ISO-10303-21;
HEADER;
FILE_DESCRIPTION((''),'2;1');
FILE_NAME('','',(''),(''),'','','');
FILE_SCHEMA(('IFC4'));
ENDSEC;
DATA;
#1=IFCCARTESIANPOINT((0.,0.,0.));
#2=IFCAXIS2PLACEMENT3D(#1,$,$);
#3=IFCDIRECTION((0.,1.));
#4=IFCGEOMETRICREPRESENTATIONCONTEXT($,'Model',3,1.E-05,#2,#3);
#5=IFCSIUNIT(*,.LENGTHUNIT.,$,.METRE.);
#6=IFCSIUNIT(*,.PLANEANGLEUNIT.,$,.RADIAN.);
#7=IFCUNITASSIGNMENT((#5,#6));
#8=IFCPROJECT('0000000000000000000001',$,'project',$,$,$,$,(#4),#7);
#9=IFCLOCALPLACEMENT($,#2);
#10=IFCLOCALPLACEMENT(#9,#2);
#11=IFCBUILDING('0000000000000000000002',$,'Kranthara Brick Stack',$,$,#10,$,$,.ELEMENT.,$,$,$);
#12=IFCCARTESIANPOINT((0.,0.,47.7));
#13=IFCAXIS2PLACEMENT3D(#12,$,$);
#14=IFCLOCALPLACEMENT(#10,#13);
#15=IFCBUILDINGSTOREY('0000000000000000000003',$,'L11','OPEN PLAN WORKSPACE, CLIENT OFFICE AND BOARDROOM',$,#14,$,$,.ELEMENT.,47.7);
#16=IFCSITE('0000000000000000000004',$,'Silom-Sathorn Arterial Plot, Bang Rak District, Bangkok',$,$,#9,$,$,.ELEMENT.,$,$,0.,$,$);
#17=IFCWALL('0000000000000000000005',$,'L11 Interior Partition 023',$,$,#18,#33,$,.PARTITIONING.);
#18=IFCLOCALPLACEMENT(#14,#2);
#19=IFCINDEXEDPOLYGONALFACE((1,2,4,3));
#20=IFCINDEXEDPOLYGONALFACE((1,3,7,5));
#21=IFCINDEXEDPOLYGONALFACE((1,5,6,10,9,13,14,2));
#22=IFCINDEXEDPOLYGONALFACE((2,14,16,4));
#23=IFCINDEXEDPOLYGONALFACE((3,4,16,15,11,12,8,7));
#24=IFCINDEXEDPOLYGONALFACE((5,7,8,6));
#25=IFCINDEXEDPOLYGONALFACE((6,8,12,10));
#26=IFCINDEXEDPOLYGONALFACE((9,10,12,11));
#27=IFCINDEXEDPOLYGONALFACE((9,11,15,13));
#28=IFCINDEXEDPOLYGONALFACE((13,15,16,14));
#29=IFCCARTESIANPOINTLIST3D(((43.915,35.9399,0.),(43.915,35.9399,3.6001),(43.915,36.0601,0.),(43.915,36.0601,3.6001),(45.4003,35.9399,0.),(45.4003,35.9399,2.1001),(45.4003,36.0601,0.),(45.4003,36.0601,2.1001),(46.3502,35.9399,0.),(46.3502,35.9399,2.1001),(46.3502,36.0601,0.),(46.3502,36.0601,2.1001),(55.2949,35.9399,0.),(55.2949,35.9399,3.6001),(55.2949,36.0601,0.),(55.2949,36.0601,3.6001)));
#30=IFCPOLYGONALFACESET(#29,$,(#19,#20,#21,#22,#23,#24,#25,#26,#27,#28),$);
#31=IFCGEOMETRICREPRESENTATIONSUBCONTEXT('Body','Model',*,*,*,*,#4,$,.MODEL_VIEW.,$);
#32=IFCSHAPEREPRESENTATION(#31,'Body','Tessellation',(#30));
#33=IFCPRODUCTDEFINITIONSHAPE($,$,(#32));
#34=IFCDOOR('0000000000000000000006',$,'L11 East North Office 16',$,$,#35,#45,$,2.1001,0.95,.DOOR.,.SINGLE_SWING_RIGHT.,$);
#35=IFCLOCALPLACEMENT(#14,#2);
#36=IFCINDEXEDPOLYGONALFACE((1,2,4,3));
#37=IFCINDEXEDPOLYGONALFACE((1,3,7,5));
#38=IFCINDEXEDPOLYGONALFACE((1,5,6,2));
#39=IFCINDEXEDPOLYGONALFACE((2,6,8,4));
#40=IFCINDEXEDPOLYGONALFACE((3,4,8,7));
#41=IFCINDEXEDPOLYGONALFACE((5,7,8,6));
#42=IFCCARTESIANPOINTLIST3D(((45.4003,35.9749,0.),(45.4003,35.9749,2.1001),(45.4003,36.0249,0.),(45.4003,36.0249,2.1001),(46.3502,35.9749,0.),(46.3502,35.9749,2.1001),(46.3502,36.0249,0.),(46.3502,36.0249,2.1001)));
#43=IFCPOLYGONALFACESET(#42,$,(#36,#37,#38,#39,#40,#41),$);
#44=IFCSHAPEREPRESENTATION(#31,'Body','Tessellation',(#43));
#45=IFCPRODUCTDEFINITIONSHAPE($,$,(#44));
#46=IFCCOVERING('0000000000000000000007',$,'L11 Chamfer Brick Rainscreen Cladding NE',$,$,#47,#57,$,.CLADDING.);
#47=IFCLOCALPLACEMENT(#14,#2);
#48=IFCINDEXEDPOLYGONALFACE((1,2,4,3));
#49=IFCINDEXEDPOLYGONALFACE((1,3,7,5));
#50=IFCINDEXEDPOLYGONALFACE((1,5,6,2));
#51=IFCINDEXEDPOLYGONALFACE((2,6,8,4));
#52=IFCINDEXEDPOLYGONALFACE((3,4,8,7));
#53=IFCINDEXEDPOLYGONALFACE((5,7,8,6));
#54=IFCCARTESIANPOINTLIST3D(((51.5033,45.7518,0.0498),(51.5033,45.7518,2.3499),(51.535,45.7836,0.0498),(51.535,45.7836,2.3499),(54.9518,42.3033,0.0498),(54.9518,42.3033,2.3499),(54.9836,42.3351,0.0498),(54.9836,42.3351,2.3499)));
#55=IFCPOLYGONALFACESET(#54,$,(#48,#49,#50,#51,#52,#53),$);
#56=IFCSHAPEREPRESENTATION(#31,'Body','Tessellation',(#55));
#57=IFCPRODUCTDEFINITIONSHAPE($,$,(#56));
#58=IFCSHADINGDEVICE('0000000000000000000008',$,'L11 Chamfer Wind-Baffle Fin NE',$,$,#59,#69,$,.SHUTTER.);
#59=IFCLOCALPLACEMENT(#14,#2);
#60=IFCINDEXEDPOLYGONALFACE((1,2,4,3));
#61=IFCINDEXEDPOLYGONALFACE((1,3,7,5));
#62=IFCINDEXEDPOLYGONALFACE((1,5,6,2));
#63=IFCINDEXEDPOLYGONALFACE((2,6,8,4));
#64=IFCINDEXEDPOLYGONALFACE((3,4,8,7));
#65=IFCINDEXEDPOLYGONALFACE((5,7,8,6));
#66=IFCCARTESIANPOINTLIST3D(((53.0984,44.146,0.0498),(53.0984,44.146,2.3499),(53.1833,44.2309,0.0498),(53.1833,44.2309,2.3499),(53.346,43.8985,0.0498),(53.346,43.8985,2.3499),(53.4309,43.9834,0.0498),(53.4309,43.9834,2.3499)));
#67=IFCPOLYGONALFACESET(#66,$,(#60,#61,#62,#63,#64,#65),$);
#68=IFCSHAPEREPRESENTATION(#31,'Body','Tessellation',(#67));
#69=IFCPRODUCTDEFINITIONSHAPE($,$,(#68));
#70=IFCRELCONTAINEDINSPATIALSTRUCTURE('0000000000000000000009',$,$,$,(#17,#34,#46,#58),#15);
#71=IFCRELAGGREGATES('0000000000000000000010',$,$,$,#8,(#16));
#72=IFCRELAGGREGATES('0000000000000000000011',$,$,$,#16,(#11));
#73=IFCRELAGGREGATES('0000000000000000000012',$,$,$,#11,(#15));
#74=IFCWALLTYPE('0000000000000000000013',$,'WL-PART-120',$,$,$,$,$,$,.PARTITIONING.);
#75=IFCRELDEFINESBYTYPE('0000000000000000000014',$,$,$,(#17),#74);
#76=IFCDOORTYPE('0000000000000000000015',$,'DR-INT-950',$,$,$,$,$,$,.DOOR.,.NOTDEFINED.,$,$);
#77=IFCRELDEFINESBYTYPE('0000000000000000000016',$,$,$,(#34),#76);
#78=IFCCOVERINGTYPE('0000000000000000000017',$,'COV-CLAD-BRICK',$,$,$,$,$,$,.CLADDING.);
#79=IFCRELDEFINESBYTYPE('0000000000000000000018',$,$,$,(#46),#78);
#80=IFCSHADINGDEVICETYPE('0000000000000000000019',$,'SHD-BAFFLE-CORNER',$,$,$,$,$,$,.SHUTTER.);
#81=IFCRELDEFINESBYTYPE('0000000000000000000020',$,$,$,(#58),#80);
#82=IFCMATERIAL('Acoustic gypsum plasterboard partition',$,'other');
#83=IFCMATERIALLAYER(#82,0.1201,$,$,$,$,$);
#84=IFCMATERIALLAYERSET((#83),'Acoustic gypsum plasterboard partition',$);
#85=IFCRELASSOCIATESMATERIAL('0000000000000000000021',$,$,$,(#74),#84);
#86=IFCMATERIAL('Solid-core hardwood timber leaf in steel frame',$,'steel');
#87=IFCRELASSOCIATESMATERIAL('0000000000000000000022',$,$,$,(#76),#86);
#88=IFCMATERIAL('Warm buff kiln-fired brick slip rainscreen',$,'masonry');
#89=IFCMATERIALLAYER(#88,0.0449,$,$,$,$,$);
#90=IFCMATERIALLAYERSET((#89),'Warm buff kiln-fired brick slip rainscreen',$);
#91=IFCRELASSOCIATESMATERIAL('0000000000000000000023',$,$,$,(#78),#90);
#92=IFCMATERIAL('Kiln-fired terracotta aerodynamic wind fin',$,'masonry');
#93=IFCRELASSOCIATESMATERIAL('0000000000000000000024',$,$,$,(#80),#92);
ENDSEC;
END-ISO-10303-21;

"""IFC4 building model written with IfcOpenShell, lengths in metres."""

from ifc_helpers import new_model, si_unit, direction, frame, frame_2d, origin, origin_2d, place, context, subcontext, project, spatial, rectangle, extrude, material, layer, layer_set, type_object, element, fill, save


model = new_model("IFC4")

# Units and contexts
model_context = context("Model", 3, precision=1e-05, world=origin(), true_north=direction((0.0, 1.0)))
body_context = subcontext(model_context, "Body", "Model", "MODEL_VIEW")
ifc_project = project(units=[si_unit("LENGTHUNIT", "METRE"), si_unit("PLANEANGLEUNIT", "RADIAN")], contexts=[model_context])

# Site, building, storey
site_placement = place(None, origin())
site = spatial("IfcSite", under=ifc_project, at=site_placement, Name="Silom-Sathorn Arterial Plot, Bang Rak District, Bangkok", CompositionType="ELEMENT", RefElevation=0.0)
building_placement = place(site_placement, origin())
building = spatial("IfcBuilding", under=site, at=building_placement, Name="Kranthara Brick Stack", CompositionType="ELEMENT")
storey_placement = place(building_placement, frame((0.0, 0.0, 47.7)))
storey = spatial("IfcBuildingStorey", under=building, at=storey_placement, Name="L11", Description="OPEN PLAN WORKSPACE, CLIENT OFFICE AND BOARDROOM", CompositionType="ELEMENT", Elevation=47.7)

# Shared definitions
ifc_material_1 = material(Name="Acoustic gypsum plasterboard partition", Category="other")
ifc_layer_1 = layer(ifc_material_1, 0.1201)
ifc_layer_set_1 = layer_set([ifc_layer_1], Name="Acoustic gypsum plasterboard partition")
wall_type_1 = type_object("IfcWallType", Name="WL-PART-120", PredefinedType="PARTITIONING", material=ifc_layer_set_1)

# Wall, opening, door
wall_1_placement = place(storey_placement, frame((43.915, 36.0, 0.0), z_axis=(0.0, 0.0, 1.0), x_axis=(1.0, 0.0, 0.0)))
wall_1 = element("IfcWall", 1, at=wall_1_placement, inside=storey, type_object=wall_type_1, Name="L11 Interior Partition 023", PredefinedType="PARTITIONING", context=body_context, shape_type="SweptSolid", body=[
    extrude(rectangle(XDim=11.3799, YDim=0.1201, at=frame_2d((5.6899, 0.0))), origin(), (0.0, 0.0, 1.0), 3.6001),
])
opening_1_placement = place(wall_1_placement, frame((1.4851, 0.0, 0.0)))
opening_1 = element("IfcOpeningElement", 2, at=opening_1_placement, cuts=wall_1, PredefinedType="OPENING", context=body_context, shape_type="SweptSolid", body=[
    extrude(rectangle(XDim=0.95, YDim=2.1001, at=frame_2d((0.4751, 1.05))), frame((0.0, 0.0701, 0.0), z_axis=(0.0, -1.0, 0.0), x_axis=(1.0, 0.0, 0.0)), (0.0, 0.0, 1.0), 0.1401),
])
ifc_material_2 = material(Name="Solid-core hardwood timber leaf in steel frame", Category="steel")
door_type = type_object("IfcDoorType", Name="DR-INT-950", OperationType="NOTDEFINED", PredefinedType="DOOR", material=ifc_material_2)
door_placement = place(opening_1_placement, origin())
door = element("IfcDoor", 3, at=door_placement, inside=storey, type_object=door_type, Name="L11 East North Office 16", OperationType="SINGLE_SWING_RIGHT", OverallHeight=2.1001, OverallWidth=0.95, PredefinedType="DOOR", context=body_context, shape_type="SweptSolid", body=[
    extrude(rectangle(XDim=0.95, YDim=2.1001, at=frame_2d((0.4751, 1.05))), frame((0.0, 0.0249, 0.0), z_axis=(0.0, -1.0, 0.0), x_axis=(1.0, 0.0, 0.0)), (0.0, 0.0, 1.0), 0.05),
])
fill(opening_1, door)

# Covering
ifc_material_3 = material(Name="Warm buff kiln-fired brick slip rainscreen", Category="masonry")
ifc_layer_2 = layer(ifc_material_3, 0.0449)
ifc_layer_set_2 = layer_set([ifc_layer_2], Name="Warm buff kiln-fired brick slip rainscreen")
covering_type = type_object("IfcCoveringType", Name="COV-CLAD-BRICK", PredefinedType="CLADDING", material=ifc_layer_set_2)
covering_placement = place(storey_placement, frame((53.2434, 44.0435, 0.0498), z_axis=(0.0, 0.0, 1.0), x_axis=(0.707107, -0.707107, 0.0)))
element("IfcCovering", 4, at=covering_placement, inside=storey, type_object=covering_type, Name="L11 Chamfer Brick Rainscreen Cladding NE", PredefinedType="CLADDING", context=body_context, shape_type="SweptSolid", body=[
    extrude(rectangle(XDim=4.877, YDim=0.0449, at=origin_2d()), origin(), (0.0, 0.0, 1.0), 2.3),
])

# Shading device
ifc_material_4 = material(Name="Kiln-fired terracotta aerodynamic wind fin", Category="masonry")
shading_device_type = type_object("IfcShadingDeviceType", Name="SHD-BAFFLE-CORNER", PredefinedType="SHUTTER", material=ifc_material_4)
shading_device_placement = place(storey_placement, frame((53.2646, 44.0647, 0.0498), z_axis=(0.0, 0.0, 1.0), x_axis=(0.707107, -0.707107, 0.0)))
element("IfcShadingDevice", 5, at=shading_device_placement, inside=storey, type_object=shading_device_type, Name="L11 Chamfer Wind-Baffle Fin NE", PredefinedType="SHUTTER", context=body_context, shape_type="SweptSolid", body=[
    extrude(rectangle(XDim=0.3501, YDim=0.1201, at=origin_2d()), origin(), (0.0, 0.0, 1.0), 2.3),
])

save(model, "model.ifc")
